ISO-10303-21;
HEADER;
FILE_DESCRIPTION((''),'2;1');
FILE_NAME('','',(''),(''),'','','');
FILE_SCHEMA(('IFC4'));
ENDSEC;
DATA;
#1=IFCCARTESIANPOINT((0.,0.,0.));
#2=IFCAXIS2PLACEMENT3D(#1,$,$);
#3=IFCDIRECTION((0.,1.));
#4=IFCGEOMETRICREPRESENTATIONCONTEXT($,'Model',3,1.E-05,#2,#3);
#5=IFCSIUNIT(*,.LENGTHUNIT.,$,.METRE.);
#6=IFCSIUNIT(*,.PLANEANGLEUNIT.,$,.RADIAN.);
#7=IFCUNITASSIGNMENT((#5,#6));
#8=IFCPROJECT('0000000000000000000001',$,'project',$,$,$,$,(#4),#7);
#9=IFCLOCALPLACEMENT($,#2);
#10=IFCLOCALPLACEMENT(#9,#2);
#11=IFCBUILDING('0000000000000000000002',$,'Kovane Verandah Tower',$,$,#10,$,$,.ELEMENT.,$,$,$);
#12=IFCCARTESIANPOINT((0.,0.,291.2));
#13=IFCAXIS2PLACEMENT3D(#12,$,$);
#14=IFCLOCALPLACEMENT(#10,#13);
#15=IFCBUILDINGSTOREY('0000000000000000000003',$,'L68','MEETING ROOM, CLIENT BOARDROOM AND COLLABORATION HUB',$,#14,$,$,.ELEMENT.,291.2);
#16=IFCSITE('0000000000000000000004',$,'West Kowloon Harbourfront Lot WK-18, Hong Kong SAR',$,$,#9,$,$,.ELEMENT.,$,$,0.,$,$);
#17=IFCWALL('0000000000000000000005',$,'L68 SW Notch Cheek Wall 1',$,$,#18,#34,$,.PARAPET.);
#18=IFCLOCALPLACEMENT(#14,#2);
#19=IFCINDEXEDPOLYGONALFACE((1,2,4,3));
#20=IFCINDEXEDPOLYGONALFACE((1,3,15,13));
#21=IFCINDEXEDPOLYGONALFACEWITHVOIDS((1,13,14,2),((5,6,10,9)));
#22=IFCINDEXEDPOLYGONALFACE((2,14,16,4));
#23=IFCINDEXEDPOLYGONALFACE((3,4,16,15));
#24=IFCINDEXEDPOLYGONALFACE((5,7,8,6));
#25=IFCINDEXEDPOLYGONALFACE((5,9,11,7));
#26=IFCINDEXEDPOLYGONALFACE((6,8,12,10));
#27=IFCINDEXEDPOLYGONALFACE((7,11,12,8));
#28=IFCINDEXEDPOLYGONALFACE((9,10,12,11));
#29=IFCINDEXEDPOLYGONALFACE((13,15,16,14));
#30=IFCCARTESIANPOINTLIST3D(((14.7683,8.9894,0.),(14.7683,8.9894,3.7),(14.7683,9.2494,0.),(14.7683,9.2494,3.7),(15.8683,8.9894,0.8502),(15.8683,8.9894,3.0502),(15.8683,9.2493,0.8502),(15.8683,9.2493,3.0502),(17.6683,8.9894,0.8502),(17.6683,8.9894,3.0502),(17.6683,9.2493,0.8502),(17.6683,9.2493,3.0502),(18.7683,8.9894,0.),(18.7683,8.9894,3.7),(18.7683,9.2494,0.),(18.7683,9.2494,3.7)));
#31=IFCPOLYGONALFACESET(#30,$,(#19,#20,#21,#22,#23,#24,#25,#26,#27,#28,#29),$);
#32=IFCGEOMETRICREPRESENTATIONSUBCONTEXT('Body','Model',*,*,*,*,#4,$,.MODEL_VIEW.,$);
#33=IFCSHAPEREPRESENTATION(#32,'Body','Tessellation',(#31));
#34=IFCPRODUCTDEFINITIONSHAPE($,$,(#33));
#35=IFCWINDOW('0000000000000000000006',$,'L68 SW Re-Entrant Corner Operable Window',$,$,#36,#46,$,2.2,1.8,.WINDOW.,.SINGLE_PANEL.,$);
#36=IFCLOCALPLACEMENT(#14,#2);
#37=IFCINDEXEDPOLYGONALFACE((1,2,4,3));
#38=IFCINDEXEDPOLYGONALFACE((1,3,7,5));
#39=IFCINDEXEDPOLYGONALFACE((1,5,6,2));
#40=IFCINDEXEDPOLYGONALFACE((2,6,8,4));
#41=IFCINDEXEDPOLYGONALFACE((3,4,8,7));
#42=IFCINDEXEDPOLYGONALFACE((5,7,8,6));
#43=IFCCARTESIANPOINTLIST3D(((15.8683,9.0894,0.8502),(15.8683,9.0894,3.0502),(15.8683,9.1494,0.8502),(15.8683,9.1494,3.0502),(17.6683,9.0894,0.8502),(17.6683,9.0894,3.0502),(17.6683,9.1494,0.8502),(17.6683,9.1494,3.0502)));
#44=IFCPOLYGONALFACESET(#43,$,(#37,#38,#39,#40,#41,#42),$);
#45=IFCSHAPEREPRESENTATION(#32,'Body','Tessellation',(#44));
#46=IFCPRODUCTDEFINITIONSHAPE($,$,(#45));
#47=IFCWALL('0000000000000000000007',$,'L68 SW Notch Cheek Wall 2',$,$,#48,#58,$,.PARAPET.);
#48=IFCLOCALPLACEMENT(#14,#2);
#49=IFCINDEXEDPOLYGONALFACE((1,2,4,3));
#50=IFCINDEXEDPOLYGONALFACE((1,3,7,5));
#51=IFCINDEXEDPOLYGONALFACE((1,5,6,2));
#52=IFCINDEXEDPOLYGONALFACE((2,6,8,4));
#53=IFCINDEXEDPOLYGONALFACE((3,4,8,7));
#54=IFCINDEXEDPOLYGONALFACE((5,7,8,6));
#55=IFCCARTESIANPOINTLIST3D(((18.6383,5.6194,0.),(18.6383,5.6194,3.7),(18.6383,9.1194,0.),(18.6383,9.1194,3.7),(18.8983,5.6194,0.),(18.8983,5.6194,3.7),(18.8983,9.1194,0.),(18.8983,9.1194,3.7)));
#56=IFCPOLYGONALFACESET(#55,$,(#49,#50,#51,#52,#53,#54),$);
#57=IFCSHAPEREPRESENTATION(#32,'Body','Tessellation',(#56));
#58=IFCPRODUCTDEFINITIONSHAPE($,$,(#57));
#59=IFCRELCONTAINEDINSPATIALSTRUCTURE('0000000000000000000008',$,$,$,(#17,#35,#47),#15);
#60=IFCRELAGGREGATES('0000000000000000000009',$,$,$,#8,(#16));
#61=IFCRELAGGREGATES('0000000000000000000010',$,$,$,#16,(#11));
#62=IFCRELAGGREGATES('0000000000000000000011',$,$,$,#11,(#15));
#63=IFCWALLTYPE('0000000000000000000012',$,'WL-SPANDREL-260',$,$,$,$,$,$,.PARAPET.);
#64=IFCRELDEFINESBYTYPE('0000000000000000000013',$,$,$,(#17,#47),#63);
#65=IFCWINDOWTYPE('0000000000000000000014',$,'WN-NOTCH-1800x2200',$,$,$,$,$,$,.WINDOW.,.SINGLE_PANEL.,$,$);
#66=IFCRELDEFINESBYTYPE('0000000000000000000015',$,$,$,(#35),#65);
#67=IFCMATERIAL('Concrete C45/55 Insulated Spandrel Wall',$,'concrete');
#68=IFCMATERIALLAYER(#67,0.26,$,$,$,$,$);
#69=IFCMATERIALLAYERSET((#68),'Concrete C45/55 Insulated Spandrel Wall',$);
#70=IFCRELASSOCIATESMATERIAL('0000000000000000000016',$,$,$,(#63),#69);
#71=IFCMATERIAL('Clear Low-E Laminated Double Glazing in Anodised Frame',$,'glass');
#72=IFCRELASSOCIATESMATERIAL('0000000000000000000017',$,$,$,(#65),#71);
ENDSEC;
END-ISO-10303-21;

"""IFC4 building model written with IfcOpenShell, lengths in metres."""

from ifc_helpers import new_model, si_unit, direction, frame, frame_2d, origin, place, context, subcontext, project, spatial, rectangle, extrude, material, layer, layer_set, type_object, element, fill, save


model = new_model("IFC4")

# Units and contexts
model_context = context("Model", 3, precision=1e-05, world=origin(), true_north=direction((0.0, 1.0)))
body_context = subcontext(model_context, "Body", "Model", "MODEL_VIEW")
ifc_project = project(units=[si_unit("LENGTHUNIT", "METRE"), si_unit("PLANEANGLEUNIT", "RADIAN")], contexts=[model_context])

# Site, building, storey
site_placement = place(None, origin())
site = spatial("IfcSite", under=ifc_project, at=site_placement, Name="West Kowloon Harbourfront Lot WK-18, Hong Kong SAR", CompositionType="ELEMENT", RefElevation=0.0)
building_placement = place(site_placement, origin())
building = spatial("IfcBuilding", under=site, at=building_placement, Name="Kovane Verandah Tower", CompositionType="ELEMENT")
storey_placement = place(building_placement, frame((0.0, 0.0, 291.2)))
storey = spatial("IfcBuildingStorey", under=building, at=storey_placement, Name="L68", Description="MEETING ROOM, CLIENT BOARDROOM AND COLLABORATION HUB", CompositionType="ELEMENT", Elevation=291.2)

# Wall, opening, window
ifc_material_1 = material(Name="Concrete C45/55 Insulated Spandrel Wall", Category="concrete")
ifc_layer_1 = layer(ifc_material_1, 0.26)
ifc_layer_set_1 = layer_set([ifc_layer_1], Name="Concrete C45/55 Insulated Spandrel Wall")
wall_type = type_object("IfcWallType", Name="WL-SPANDREL-260", PredefinedType="PARAPET", material=ifc_layer_set_1)
wall_1_placement = place(storey_placement, frame((14.7683, 9.1194, 0.0), z_axis=(0.0, 0.0, 1.0), x_axis=(1.0, 0.0, 0.0)))
wall_1 = element("IfcWall", 1, at=wall_1_placement, inside=storey, type_object=wall_type, Name="L68 SW Notch Cheek Wall 1", PredefinedType="PARAPET", context=body_context, shape_type="SweptSolid", body=[
    extrude(rectangle(XDim=4.0, YDim=0.26, at=frame_2d((2.0, 0.0))), origin(), (0.0, 0.0, 1.0), 3.7),
])
opening_placement = place(wall_1_placement, frame((1.1001, 0.0, 0.8501)))
opening = element("IfcOpeningElement", 2, at=opening_placement, cuts=wall_1, PredefinedType="OPENING", context=body_context, shape_type="SweptSolid", body=[
    extrude(rectangle(XDim=1.8, YDim=2.2, at=frame_2d((0.8999, 1.1001))), frame((0.0, 0.1299, 0.0), z_axis=(0.0, -1.0, 0.0), x_axis=(1.0, 0.0, 0.0)), (0.0, 0.0, 1.0), 0.26),
])
ifc_material_2 = material(Name="Clear Low-E Laminated Double Glazing in Anodised Frame", Category="glass")
window_type = type_object("IfcWindowType", Name="WN-NOTCH-1800x2200", PartitioningType="SINGLE_PANEL", PredefinedType="WINDOW", material=ifc_material_2)
window_placement = place(opening_placement, origin())
window = element("IfcWindow", 3, at=window_placement, inside=storey, type_object=window_type, Name="L68 SW Re-Entrant Corner Operable Window", OverallHeight=2.2, OverallWidth=1.8, PartitioningType="SINGLE_PANEL", PredefinedType="WINDOW", context=body_context, shape_type="SweptSolid", body=[
    extrude(rectangle(XDim=1.8, YDim=2.2, at=frame_2d((0.8999, 1.1001))), frame((0.0, 0.03, 0.0), z_axis=(0.0, -1.0, 0.0), x_axis=(1.0, 0.0, 0.0)), (0.0, 0.0, 1.0), 0.0601),
])
fill(opening, window)

# Wall
wall_2_placement = place(storey_placement, frame((18.7683, 9.1194, 0.0), z_axis=(0.0, 0.0, 1.0), x_axis=(0.0, -1.0, 0.0)))
element("IfcWall", 4, at=wall_2_placement, inside=storey, type_object=wall_type, Name="L68 SW Notch Cheek Wall 2", PredefinedType="PARAPET", context=body_context, shape_type="SweptSolid", body=[
    extrude(rectangle(XDim=3.5, YDim=0.26, at=frame_2d((1.75, 0.0))), origin(), (0.0, 0.0, 1.0), 3.7),
])

save(model, "model.ifc")
